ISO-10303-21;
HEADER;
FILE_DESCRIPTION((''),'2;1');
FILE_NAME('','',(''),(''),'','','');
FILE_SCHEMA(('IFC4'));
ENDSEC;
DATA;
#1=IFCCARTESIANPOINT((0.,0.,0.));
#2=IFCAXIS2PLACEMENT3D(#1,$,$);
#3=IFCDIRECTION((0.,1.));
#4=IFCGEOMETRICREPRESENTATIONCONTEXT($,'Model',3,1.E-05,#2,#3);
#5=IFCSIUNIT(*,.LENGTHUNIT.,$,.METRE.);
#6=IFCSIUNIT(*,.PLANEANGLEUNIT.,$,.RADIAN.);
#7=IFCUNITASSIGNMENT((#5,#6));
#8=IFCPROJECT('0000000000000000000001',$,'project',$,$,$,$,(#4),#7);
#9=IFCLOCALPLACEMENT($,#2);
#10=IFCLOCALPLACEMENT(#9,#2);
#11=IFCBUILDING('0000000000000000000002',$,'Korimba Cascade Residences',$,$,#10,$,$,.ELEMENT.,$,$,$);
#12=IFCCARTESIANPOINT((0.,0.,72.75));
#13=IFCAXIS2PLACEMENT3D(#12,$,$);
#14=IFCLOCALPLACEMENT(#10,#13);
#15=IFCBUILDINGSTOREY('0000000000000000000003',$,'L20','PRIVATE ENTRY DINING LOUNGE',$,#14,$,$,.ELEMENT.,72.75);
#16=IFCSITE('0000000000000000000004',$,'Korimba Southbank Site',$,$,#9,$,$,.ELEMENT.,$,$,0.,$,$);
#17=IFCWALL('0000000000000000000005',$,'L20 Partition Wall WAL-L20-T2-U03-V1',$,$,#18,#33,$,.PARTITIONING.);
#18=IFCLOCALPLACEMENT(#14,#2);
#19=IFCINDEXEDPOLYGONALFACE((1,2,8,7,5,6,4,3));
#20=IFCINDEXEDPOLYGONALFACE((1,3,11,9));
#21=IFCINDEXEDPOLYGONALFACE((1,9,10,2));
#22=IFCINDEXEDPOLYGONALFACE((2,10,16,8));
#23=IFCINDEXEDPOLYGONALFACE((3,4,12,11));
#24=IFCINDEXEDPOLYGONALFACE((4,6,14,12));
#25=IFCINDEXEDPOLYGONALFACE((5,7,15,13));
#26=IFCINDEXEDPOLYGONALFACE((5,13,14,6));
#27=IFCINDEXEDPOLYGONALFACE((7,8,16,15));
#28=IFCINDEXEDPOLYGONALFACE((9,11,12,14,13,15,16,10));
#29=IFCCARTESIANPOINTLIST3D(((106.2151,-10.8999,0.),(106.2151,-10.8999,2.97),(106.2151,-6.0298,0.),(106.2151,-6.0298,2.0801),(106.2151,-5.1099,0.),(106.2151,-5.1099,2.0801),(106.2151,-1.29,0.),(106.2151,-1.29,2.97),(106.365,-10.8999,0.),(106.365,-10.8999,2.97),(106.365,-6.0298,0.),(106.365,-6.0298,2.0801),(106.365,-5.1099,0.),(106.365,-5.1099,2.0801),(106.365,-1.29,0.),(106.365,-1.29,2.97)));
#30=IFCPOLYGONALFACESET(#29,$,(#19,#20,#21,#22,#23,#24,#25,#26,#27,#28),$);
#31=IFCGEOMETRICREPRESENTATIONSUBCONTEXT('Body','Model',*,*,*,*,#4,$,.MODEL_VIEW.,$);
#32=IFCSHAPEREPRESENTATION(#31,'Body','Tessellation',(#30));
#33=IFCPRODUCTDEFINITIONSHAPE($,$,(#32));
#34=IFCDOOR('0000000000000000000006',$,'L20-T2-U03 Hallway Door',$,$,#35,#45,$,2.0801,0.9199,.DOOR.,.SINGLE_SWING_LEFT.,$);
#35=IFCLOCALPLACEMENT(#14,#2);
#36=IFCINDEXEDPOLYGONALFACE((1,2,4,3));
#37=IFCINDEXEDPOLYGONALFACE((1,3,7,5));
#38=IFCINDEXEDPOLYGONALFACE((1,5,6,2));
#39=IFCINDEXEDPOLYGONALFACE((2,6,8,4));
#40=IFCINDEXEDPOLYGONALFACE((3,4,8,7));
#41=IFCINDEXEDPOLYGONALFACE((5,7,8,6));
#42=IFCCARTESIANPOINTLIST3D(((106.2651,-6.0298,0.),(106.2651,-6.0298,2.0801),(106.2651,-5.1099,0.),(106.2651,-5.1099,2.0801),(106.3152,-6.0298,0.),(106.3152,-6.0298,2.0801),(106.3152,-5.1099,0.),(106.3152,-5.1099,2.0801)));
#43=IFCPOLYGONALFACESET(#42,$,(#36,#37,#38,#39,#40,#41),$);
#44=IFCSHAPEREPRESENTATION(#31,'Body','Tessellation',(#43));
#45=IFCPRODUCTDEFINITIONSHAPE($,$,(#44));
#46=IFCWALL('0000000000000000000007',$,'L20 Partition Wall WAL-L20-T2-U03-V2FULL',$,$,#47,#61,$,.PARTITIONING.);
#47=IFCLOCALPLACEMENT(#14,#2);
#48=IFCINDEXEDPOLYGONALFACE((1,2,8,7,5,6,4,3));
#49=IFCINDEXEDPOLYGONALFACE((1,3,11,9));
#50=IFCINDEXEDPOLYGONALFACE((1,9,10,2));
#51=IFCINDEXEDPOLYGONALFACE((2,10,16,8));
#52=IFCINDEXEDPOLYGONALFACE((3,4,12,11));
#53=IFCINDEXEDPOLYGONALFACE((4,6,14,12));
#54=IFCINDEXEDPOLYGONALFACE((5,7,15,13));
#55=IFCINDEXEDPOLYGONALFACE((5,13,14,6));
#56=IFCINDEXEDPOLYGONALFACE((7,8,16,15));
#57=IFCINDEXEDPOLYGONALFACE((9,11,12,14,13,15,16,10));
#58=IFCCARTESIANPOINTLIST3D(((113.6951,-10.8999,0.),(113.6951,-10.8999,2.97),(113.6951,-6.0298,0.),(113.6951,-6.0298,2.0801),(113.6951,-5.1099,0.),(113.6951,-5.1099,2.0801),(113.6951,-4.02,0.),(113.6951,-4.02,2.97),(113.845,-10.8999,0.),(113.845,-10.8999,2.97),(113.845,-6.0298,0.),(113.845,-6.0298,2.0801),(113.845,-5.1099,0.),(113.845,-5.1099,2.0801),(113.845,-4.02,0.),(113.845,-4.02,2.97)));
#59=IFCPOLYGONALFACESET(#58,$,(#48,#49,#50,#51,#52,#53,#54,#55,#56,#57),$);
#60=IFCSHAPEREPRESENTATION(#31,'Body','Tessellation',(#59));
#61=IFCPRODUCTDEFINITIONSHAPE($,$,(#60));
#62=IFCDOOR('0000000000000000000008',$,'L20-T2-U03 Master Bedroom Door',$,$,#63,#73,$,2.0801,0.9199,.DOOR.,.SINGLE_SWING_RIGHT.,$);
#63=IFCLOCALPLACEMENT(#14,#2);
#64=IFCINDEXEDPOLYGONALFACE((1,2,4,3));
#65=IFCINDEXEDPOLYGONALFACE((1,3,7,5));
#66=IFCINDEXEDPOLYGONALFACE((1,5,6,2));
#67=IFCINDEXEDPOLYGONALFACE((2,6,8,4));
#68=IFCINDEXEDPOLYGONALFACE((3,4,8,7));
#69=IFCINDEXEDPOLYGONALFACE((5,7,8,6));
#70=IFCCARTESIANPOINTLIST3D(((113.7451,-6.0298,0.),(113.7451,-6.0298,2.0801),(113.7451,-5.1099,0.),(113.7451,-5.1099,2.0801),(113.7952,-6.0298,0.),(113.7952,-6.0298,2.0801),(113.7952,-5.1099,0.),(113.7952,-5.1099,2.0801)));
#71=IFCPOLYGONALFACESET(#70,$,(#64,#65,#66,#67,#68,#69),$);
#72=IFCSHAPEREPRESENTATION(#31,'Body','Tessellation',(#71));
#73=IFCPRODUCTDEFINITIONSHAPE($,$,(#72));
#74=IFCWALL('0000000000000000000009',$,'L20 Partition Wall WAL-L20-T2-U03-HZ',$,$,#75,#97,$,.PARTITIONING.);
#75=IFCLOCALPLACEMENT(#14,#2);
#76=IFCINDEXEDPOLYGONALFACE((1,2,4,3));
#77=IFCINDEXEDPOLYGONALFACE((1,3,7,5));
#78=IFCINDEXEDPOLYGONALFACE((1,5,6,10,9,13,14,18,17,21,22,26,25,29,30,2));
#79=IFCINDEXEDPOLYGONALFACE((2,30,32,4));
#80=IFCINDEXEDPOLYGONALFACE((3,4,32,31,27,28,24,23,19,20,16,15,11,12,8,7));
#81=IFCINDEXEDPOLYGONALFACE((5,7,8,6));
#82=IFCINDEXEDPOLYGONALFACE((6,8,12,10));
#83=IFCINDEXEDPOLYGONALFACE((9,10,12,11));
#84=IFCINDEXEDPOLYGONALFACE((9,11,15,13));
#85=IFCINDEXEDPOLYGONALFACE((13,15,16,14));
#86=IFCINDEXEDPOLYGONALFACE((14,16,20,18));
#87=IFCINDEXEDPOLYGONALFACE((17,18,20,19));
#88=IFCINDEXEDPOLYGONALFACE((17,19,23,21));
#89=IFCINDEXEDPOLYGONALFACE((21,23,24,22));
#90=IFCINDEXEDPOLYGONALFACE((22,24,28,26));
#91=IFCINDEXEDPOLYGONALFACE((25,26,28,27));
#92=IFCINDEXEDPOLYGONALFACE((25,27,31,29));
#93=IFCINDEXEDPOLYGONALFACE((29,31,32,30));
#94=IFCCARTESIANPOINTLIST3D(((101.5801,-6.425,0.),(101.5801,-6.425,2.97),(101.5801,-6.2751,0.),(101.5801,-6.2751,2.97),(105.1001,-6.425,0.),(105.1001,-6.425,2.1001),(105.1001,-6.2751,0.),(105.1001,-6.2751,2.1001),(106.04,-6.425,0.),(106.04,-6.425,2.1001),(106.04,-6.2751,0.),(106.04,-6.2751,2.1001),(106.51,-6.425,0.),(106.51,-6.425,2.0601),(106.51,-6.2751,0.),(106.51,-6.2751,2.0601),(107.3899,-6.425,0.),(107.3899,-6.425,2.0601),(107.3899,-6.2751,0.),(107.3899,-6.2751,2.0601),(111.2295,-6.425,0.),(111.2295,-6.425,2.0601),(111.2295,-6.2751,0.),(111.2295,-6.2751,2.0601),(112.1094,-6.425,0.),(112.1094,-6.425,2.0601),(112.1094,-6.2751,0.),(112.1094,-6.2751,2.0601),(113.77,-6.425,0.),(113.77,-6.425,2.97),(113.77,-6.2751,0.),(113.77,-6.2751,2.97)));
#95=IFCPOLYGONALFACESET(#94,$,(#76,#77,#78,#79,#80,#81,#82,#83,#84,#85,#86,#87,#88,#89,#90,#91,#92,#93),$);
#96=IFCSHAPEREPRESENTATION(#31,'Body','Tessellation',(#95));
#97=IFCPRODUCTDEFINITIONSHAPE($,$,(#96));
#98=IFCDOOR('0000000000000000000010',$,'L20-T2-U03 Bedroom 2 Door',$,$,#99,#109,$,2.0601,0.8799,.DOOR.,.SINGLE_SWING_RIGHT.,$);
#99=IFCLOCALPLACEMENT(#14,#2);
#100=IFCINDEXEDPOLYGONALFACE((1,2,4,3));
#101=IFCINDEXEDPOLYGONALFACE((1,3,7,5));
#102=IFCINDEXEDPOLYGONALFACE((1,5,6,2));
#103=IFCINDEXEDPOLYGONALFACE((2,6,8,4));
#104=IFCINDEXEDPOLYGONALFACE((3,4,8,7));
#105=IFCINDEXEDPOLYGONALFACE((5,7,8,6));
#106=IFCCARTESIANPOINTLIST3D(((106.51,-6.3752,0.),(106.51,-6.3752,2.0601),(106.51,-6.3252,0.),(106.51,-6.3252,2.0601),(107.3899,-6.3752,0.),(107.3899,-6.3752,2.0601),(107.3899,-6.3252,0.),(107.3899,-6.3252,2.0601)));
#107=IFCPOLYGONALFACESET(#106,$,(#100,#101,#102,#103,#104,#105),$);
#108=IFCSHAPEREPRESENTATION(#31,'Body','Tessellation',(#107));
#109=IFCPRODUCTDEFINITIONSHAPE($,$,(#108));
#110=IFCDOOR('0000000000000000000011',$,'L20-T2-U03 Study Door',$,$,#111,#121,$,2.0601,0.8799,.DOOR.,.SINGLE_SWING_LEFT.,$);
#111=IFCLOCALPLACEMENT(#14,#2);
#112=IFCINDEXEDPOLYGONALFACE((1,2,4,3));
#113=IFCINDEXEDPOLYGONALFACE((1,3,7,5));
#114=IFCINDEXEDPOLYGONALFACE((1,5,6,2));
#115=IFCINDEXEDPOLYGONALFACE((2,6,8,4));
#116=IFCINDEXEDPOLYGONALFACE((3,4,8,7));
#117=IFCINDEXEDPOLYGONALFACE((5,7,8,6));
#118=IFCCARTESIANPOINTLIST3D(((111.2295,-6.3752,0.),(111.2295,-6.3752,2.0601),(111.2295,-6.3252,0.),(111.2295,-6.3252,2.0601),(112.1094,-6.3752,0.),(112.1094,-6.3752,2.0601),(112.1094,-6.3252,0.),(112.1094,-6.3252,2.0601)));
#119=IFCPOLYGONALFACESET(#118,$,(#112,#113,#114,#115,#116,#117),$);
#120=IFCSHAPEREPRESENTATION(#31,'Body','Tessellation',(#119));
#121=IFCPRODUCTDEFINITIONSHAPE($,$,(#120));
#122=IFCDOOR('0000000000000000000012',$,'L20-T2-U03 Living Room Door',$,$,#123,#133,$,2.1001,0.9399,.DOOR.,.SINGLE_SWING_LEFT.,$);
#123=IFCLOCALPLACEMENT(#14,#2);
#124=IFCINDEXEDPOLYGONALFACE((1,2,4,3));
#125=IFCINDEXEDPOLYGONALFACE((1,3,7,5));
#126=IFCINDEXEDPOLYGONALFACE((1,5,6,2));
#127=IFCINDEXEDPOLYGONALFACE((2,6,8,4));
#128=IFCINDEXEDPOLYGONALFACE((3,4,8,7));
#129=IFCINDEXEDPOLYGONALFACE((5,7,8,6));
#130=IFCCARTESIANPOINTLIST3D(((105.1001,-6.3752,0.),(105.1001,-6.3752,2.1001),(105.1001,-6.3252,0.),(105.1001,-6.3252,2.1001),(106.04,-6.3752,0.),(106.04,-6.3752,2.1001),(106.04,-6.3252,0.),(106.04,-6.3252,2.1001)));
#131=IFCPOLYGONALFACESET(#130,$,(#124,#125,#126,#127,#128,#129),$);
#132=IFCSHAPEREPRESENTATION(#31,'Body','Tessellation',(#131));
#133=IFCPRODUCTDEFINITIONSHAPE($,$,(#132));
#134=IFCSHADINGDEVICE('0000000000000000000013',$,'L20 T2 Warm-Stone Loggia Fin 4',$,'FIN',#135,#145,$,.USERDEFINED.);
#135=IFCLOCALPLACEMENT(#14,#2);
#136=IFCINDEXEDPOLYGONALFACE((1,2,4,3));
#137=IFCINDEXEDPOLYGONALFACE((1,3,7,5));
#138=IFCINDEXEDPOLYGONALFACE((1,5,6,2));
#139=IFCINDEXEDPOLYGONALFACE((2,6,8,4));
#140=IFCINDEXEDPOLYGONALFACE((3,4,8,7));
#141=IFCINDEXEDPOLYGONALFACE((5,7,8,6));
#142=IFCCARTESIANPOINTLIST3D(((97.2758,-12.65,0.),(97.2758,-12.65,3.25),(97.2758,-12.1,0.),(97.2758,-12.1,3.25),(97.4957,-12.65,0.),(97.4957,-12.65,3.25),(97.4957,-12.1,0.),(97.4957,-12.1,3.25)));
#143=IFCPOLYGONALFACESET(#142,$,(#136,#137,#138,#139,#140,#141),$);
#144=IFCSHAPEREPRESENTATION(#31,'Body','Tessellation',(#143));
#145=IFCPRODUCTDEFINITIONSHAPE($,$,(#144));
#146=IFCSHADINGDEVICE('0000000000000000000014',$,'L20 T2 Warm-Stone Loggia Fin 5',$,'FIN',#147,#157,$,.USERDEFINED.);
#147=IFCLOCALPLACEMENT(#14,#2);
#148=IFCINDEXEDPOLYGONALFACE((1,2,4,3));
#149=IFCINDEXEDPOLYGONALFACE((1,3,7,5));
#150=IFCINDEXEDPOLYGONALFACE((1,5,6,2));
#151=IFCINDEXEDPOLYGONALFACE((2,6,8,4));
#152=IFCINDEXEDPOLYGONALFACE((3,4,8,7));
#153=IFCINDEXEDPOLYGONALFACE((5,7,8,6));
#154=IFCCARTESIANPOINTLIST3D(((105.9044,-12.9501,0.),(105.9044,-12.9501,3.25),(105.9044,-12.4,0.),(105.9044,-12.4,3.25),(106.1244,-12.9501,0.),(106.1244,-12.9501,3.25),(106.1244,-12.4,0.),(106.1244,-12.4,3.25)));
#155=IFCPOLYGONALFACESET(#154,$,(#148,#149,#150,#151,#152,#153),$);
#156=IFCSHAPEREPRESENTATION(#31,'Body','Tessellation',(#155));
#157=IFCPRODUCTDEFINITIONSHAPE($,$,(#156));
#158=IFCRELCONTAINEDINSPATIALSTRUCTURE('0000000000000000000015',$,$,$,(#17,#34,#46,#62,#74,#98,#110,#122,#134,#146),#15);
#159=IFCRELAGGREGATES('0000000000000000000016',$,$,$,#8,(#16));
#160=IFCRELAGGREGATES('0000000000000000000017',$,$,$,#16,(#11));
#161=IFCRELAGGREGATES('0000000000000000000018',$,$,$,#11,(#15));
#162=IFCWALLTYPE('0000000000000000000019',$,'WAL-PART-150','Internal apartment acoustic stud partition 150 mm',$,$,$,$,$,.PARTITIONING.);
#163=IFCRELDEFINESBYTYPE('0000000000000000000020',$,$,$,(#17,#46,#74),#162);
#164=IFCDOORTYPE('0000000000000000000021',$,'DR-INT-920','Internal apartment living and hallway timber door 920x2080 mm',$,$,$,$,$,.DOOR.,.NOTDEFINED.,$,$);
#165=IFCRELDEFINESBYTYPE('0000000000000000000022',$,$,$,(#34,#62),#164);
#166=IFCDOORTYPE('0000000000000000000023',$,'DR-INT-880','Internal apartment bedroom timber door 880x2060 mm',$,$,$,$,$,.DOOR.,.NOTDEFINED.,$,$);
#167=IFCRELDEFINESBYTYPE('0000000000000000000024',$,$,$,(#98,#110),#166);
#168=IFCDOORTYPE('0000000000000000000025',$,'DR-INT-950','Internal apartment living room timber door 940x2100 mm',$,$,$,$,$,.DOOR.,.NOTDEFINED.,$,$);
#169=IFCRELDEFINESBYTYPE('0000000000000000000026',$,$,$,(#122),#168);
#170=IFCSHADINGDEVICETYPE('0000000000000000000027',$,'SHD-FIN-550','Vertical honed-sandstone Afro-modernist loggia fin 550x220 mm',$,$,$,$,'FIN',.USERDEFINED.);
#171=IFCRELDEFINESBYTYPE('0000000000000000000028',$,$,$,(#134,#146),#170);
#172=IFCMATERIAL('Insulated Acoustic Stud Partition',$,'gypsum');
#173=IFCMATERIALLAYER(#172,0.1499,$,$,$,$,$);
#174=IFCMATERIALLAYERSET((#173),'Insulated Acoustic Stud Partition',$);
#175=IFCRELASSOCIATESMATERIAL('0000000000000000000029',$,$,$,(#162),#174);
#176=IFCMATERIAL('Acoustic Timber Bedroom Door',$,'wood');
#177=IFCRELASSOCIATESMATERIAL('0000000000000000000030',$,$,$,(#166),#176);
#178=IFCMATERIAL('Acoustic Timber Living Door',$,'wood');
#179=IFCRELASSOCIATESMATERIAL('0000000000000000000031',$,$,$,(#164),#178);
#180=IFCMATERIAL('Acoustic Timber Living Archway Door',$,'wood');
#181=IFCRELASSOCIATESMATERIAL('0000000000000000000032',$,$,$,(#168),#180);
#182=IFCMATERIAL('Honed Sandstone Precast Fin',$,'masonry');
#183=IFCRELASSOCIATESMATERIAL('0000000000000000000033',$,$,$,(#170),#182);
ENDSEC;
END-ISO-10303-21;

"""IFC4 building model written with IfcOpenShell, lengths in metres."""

from ifc_helpers import new_model, si_unit, direction, frame, frame_2d, origin, origin_2d, place, context, subcontext, project, spatial, rectangle, extrude, material, layer, layer_set, type_object, element, fill, save


model = new_model("IFC4")

# Units and contexts
model_context = context("Model", 3, precision=1e-05, world=origin(), true_north=direction((0.0, 1.0)))
body_context = subcontext(model_context, "Body", "Model", "MODEL_VIEW")
ifc_project = project(units=[si_unit("LENGTHUNIT", "METRE"), si_unit("PLANEANGLEUNIT", "RADIAN")], contexts=[model_context])

# Site, building, storey
site_placement = place(None, origin())
site = spatial("IfcSite", under=ifc_project, at=site_placement, Name="Korimba Southbank Site", CompositionType="ELEMENT", RefElevation=0.0)
building_placement = place(site_placement, origin())
building = spatial("IfcBuilding", under=site, at=building_placement, Name="Korimba Cascade Residences", CompositionType="ELEMENT")
storey_placement = place(building_placement, frame((0.0, 0.0, 72.75)))
storey = spatial("IfcBuildingStorey", under=building, at=storey_placement, Name="L20", Description="PRIVATE ENTRY DINING LOUNGE", CompositionType="ELEMENT", Elevation=72.75)

# Shared definitions
ifc_material_1 = material(Name="Insulated Acoustic Stud Partition", Category="gypsum")
ifc_layer_1 = layer(ifc_material_1, 0.1499)
ifc_layer_set_1 = layer_set([ifc_layer_1], Name="Insulated Acoustic Stud Partition")
wall_type_1 = type_object("IfcWallType", Name="WAL-PART-150", Description="Internal apartment acoustic stud partition 150 mm", PredefinedType="PARTITIONING", material=ifc_layer_set_1)
ifc_material_2 = material(Name="Acoustic Timber Bedroom Door", Category="wood")
door_type_1 = type_object("IfcDoorType", Name="DR-INT-880", Description="Internal apartment bedroom timber door 880x2060 mm", OperationType="NOTDEFINED", PredefinedType="DOOR", material=ifc_material_2)

# Walls, openings, doors
wall_1_placement = place(storey_placement, frame((106.29, -10.8999, 0.0), z_axis=(0.0, 0.0, 1.0), x_axis=(0.0, 1.0, 0.0)))
wall_1 = element("IfcWall", 1, at=wall_1_placement, inside=storey, type_object=wall_type_1, Name="L20 Partition Wall WAL-L20-T2-U03-V1", PredefinedType="PARTITIONING", context=body_context, shape_type="SweptSolid", body=[
    extrude(rectangle(XDim=9.6099, YDim=0.1499, at=frame_2d((4.8049, 0.0))), origin(), (0.0, 0.0, 1.0), 2.97),
])
opening_1_placement = place(wall_1_placement, frame((4.8701, 0.0, 0.0)))
opening_1 = element("IfcOpeningElement", 2, at=opening_1_placement, cuts=wall_1, PredefinedType="OPENING", context=body_context, shape_type="SweptSolid", body=[
    extrude(rectangle(XDim=0.9199, YDim=2.0801, at=frame_2d((0.46, 1.04))), frame((0.0, 0.085, 0.0), z_axis=(0.0, -1.0, 0.0), x_axis=(1.0, 0.0, 0.0)), (0.0, 0.0, 1.0), 0.1699),
])
ifc_material_3 = material(Name="Acoustic Timber Living Door", Category="wood")
door_type_2 = type_object("IfcDoorType", Name="DR-INT-920", Description="Internal apartment living and hallway timber door 920x2080 mm", OperationType="NOTDEFINED", PredefinedType="DOOR", material=ifc_material_3)
door_1_placement = place(opening_1_placement, origin())
door_1 = element("IfcDoor", 3, at=door_1_placement, inside=storey, type_object=door_type_2, Name="L20-T2-U03 Hallway Door", OperationType="SINGLE_SWING_LEFT", OverallHeight=2.0801, OverallWidth=0.9199, PredefinedType="DOOR", context=body_context, shape_type="SweptSolid", body=[
    extrude(rectangle(XDim=0.9199, YDim=2.0801, at=frame_2d((0.46, 1.04))), frame((0.0, 0.0249, 0.0), z_axis=(0.0, -1.0, 0.0), x_axis=(1.0, 0.0, 0.0)), (0.0, 0.0, 1.0), 0.05),
])
fill(opening_1, door_1)
wall_2_placement = place(storey_placement, frame((113.77, -10.8999, 0.0), z_axis=(0.0, 0.0, 1.0), x_axis=(0.0, 1.0, 0.0)))
wall_2 = element("IfcWall", 4, at=wall_2_placement, inside=storey, type_object=wall_type_1, Name="L20 Partition Wall WAL-L20-T2-U03-V2FULL", PredefinedType="PARTITIONING", context=body_context, shape_type="SweptSolid", body=[
    extrude(rectangle(XDim=6.8799, YDim=0.1499, at=frame_2d((3.4399, 0.0))), origin(), (0.0, 0.0, 1.0), 2.97),
])
opening_2_placement = place(wall_2_placement, frame((4.8701, 0.0, 0.0)))
opening_2 = element("IfcOpeningElement", 5, at=opening_2_placement, cuts=wall_2, PredefinedType="OPENING", context=body_context, shape_type="SweptSolid", body=[
    extrude(rectangle(XDim=0.9199, YDim=2.0801, at=frame_2d((0.46, 1.04))), frame((0.0, 0.085, 0.0), z_axis=(0.0, -1.0, 0.0), x_axis=(1.0, 0.0, 0.0)), (0.0, 0.0, 1.0), 0.1699),
])
door_2_placement = place(opening_2_placement, origin())
door_2 = element("IfcDoor", 6, at=door_2_placement, inside=storey, type_object=door_type_2, Name="L20-T2-U03 Master Bedroom Door", OperationType="SINGLE_SWING_RIGHT", OverallHeight=2.0801, OverallWidth=0.9199, PredefinedType="DOOR", context=body_context, shape_type="SweptSolid", body=[
    extrude(rectangle(XDim=0.9199, YDim=2.0801, at=frame_2d((0.46, 1.04))), frame((0.0, 0.0249, 0.0), z_axis=(0.0, -1.0, 0.0), x_axis=(1.0, 0.0, 0.0)), (0.0, 0.0, 1.0), 0.05),
])
fill(opening_2, door_2)

# Wall, openings, doors
wall_3_placement = place(storey_placement, frame((101.5801, -6.3501, 0.0), z_axis=(0.0, 0.0, 1.0), x_axis=(1.0, 0.0, 0.0)))
wall_3 = element("IfcWall", 7, at=wall_3_placement, inside=storey, type_object=wall_type_1, Name="L20 Partition Wall WAL-L20-T2-U03-HZ", PredefinedType="PARTITIONING", context=body_context, shape_type="SweptSolid", body=[
    extrude(rectangle(XDim=12.1899, YDim=0.1499, at=frame_2d((6.095, 0.0))), origin(), (0.0, 0.0, 1.0), 2.97),
])
opening_3_placement = place(wall_3_placement, frame((3.52, 0.0, 0.0)))
opening_3 = element("IfcOpeningElement", 8, at=opening_3_placement, cuts=wall_3, PredefinedType="OPENING", context=body_context, shape_type="SweptSolid", body=[
    extrude(rectangle(XDim=0.9399, YDim=2.1001, at=frame_2d((0.47, 1.05))), frame((0.0, 0.085, 0.0), z_axis=(0.0, -1.0, 0.0), x_axis=(1.0, 0.0, 0.0)), (0.0, 0.0, 1.0), 0.1699),
])
opening_4_placement = place(wall_3_placement, frame((4.9299, 0.0, 0.0)))
opening_4 = element("IfcOpeningElement", 9, at=opening_4_placement, cuts=wall_3, PredefinedType="OPENING", context=body_context, shape_type="SweptSolid", body=[
    extrude(rectangle(XDim=0.8799, YDim=2.0601, at=frame_2d((0.4399, 1.03))), frame((0.0, 0.085, 0.0), z_axis=(0.0, -1.0, 0.0), x_axis=(1.0, 0.0, 0.0)), (0.0, 0.0, 1.0), 0.1699),
])
opening_5_placement = place(wall_3_placement, frame((9.6494, 0.0, 0.0)))
opening_5 = element("IfcOpeningElement", 10, at=opening_5_placement, cuts=wall_3, PredefinedType="OPENING", context=body_context, shape_type="SweptSolid", body=[
    extrude(rectangle(XDim=0.8799, YDim=2.0601, at=frame_2d((0.4399, 1.03))), frame((0.0, 0.085, 0.0), z_axis=(0.0, -1.0, 0.0), x_axis=(1.0, 0.0, 0.0)), (0.0, 0.0, 1.0), 0.1699),
])
door_3_placement = place(opening_4_placement, origin())
door_3 = element("IfcDoor", 11, at=door_3_placement, inside=storey, type_object=door_type_1, Name="L20-T2-U03 Bedroom 2 Door", OperationType="SINGLE_SWING_RIGHT", OverallHeight=2.0601, OverallWidth=0.8799, PredefinedType="DOOR", context=body_context, shape_type="SweptSolid", body=[
    extrude(rectangle(XDim=0.8799, YDim=2.0601, at=frame_2d((0.4399, 1.03))), frame((0.0, 0.0249, 0.0), z_axis=(0.0, -1.0, 0.0), x_axis=(1.0, 0.0, 0.0)), (0.0, 0.0, 1.0), 0.05),
])
fill(opening_4, door_3)
door_4_placement = place(opening_5_placement, origin())
door_4 = element("IfcDoor", 12, at=door_4_placement, inside=storey, type_object=door_type_1, Name="L20-T2-U03 Study Door", OperationType="SINGLE_SWING_LEFT", OverallHeight=2.0601, OverallWidth=0.8799, PredefinedType="DOOR", context=body_context, shape_type="SweptSolid", body=[
    extrude(rectangle(XDim=0.8799, YDim=2.0601, at=frame_2d((0.4399, 1.03))), frame((0.0, 0.0249, 0.0), z_axis=(0.0, -1.0, 0.0), x_axis=(1.0, 0.0, 0.0)), (0.0, 0.0, 1.0), 0.05),
])
fill(opening_5, door_4)
ifc_material_4 = material(Name="Acoustic Timber Living Archway Door", Category="wood")
door_type_3 = type_object("IfcDoorType", Name="DR-INT-950", Description="Internal apartment living room timber door 940x2100 mm", OperationType="NOTDEFINED", PredefinedType="DOOR", material=ifc_material_4)
door_5_placement = place(opening_3_placement, origin())
door_5 = element("IfcDoor", 13, at=door_5_placement, inside=storey, type_object=door_type_3, Name="L20-T2-U03 Living Room Door", OperationType="SINGLE_SWING_LEFT", OverallHeight=2.1001, OverallWidth=0.9399, PredefinedType="DOOR", context=body_context, shape_type="SweptSolid", body=[
    extrude(rectangle(XDim=0.9399, YDim=2.1001, at=frame_2d((0.47, 1.05))), frame((0.0, 0.0249, 0.0), z_axis=(0.0, -1.0, 0.0), x_axis=(1.0, 0.0, 0.0)), (0.0, 0.0, 1.0), 0.05),
])
fill(opening_3, door_5)

# Shading devices
ifc_material_5 = material(Name="Honed Sandstone Precast Fin", Category="masonry")
shading_device_type = type_object("IfcShadingDeviceType", Name="SHD-FIN-550", Description="Vertical honed-sandstone Afro-modernist loggia fin 550x220 mm", ElementType="FIN", PredefinedType="USERDEFINED", material=ifc_material_5)
for number, where, z_axis, x_axis, name in (
    (14, (97.3857, -12.375, 0.0), (0.0, 0.0, 1.0), (1.0, 0.0, 0.0), "L20 T2 Warm-Stone Loggia Fin 4"),
    (15, (106.0144, -12.675, 0.0), (0.0, 0.0, 1.0), (1.0, 0.0, 0.0), "L20 T2 Warm-Stone Loggia Fin 5"),
):
    element("IfcShadingDevice", number, at=place(storey_placement, frame(where, z_axis=z_axis, x_axis=x_axis)), inside=storey, type_object=shading_device_type, Name=name, ObjectType="FIN", PredefinedType="USERDEFINED", context=body_context, shape_type="SweptSolid", body=[
        extrude(rectangle(XDim=0.22, YDim=0.55, at=origin_2d()), origin(), (0.0, 0.0, 1.0), 3.25),
    ])

save(model, "model.ifc")
